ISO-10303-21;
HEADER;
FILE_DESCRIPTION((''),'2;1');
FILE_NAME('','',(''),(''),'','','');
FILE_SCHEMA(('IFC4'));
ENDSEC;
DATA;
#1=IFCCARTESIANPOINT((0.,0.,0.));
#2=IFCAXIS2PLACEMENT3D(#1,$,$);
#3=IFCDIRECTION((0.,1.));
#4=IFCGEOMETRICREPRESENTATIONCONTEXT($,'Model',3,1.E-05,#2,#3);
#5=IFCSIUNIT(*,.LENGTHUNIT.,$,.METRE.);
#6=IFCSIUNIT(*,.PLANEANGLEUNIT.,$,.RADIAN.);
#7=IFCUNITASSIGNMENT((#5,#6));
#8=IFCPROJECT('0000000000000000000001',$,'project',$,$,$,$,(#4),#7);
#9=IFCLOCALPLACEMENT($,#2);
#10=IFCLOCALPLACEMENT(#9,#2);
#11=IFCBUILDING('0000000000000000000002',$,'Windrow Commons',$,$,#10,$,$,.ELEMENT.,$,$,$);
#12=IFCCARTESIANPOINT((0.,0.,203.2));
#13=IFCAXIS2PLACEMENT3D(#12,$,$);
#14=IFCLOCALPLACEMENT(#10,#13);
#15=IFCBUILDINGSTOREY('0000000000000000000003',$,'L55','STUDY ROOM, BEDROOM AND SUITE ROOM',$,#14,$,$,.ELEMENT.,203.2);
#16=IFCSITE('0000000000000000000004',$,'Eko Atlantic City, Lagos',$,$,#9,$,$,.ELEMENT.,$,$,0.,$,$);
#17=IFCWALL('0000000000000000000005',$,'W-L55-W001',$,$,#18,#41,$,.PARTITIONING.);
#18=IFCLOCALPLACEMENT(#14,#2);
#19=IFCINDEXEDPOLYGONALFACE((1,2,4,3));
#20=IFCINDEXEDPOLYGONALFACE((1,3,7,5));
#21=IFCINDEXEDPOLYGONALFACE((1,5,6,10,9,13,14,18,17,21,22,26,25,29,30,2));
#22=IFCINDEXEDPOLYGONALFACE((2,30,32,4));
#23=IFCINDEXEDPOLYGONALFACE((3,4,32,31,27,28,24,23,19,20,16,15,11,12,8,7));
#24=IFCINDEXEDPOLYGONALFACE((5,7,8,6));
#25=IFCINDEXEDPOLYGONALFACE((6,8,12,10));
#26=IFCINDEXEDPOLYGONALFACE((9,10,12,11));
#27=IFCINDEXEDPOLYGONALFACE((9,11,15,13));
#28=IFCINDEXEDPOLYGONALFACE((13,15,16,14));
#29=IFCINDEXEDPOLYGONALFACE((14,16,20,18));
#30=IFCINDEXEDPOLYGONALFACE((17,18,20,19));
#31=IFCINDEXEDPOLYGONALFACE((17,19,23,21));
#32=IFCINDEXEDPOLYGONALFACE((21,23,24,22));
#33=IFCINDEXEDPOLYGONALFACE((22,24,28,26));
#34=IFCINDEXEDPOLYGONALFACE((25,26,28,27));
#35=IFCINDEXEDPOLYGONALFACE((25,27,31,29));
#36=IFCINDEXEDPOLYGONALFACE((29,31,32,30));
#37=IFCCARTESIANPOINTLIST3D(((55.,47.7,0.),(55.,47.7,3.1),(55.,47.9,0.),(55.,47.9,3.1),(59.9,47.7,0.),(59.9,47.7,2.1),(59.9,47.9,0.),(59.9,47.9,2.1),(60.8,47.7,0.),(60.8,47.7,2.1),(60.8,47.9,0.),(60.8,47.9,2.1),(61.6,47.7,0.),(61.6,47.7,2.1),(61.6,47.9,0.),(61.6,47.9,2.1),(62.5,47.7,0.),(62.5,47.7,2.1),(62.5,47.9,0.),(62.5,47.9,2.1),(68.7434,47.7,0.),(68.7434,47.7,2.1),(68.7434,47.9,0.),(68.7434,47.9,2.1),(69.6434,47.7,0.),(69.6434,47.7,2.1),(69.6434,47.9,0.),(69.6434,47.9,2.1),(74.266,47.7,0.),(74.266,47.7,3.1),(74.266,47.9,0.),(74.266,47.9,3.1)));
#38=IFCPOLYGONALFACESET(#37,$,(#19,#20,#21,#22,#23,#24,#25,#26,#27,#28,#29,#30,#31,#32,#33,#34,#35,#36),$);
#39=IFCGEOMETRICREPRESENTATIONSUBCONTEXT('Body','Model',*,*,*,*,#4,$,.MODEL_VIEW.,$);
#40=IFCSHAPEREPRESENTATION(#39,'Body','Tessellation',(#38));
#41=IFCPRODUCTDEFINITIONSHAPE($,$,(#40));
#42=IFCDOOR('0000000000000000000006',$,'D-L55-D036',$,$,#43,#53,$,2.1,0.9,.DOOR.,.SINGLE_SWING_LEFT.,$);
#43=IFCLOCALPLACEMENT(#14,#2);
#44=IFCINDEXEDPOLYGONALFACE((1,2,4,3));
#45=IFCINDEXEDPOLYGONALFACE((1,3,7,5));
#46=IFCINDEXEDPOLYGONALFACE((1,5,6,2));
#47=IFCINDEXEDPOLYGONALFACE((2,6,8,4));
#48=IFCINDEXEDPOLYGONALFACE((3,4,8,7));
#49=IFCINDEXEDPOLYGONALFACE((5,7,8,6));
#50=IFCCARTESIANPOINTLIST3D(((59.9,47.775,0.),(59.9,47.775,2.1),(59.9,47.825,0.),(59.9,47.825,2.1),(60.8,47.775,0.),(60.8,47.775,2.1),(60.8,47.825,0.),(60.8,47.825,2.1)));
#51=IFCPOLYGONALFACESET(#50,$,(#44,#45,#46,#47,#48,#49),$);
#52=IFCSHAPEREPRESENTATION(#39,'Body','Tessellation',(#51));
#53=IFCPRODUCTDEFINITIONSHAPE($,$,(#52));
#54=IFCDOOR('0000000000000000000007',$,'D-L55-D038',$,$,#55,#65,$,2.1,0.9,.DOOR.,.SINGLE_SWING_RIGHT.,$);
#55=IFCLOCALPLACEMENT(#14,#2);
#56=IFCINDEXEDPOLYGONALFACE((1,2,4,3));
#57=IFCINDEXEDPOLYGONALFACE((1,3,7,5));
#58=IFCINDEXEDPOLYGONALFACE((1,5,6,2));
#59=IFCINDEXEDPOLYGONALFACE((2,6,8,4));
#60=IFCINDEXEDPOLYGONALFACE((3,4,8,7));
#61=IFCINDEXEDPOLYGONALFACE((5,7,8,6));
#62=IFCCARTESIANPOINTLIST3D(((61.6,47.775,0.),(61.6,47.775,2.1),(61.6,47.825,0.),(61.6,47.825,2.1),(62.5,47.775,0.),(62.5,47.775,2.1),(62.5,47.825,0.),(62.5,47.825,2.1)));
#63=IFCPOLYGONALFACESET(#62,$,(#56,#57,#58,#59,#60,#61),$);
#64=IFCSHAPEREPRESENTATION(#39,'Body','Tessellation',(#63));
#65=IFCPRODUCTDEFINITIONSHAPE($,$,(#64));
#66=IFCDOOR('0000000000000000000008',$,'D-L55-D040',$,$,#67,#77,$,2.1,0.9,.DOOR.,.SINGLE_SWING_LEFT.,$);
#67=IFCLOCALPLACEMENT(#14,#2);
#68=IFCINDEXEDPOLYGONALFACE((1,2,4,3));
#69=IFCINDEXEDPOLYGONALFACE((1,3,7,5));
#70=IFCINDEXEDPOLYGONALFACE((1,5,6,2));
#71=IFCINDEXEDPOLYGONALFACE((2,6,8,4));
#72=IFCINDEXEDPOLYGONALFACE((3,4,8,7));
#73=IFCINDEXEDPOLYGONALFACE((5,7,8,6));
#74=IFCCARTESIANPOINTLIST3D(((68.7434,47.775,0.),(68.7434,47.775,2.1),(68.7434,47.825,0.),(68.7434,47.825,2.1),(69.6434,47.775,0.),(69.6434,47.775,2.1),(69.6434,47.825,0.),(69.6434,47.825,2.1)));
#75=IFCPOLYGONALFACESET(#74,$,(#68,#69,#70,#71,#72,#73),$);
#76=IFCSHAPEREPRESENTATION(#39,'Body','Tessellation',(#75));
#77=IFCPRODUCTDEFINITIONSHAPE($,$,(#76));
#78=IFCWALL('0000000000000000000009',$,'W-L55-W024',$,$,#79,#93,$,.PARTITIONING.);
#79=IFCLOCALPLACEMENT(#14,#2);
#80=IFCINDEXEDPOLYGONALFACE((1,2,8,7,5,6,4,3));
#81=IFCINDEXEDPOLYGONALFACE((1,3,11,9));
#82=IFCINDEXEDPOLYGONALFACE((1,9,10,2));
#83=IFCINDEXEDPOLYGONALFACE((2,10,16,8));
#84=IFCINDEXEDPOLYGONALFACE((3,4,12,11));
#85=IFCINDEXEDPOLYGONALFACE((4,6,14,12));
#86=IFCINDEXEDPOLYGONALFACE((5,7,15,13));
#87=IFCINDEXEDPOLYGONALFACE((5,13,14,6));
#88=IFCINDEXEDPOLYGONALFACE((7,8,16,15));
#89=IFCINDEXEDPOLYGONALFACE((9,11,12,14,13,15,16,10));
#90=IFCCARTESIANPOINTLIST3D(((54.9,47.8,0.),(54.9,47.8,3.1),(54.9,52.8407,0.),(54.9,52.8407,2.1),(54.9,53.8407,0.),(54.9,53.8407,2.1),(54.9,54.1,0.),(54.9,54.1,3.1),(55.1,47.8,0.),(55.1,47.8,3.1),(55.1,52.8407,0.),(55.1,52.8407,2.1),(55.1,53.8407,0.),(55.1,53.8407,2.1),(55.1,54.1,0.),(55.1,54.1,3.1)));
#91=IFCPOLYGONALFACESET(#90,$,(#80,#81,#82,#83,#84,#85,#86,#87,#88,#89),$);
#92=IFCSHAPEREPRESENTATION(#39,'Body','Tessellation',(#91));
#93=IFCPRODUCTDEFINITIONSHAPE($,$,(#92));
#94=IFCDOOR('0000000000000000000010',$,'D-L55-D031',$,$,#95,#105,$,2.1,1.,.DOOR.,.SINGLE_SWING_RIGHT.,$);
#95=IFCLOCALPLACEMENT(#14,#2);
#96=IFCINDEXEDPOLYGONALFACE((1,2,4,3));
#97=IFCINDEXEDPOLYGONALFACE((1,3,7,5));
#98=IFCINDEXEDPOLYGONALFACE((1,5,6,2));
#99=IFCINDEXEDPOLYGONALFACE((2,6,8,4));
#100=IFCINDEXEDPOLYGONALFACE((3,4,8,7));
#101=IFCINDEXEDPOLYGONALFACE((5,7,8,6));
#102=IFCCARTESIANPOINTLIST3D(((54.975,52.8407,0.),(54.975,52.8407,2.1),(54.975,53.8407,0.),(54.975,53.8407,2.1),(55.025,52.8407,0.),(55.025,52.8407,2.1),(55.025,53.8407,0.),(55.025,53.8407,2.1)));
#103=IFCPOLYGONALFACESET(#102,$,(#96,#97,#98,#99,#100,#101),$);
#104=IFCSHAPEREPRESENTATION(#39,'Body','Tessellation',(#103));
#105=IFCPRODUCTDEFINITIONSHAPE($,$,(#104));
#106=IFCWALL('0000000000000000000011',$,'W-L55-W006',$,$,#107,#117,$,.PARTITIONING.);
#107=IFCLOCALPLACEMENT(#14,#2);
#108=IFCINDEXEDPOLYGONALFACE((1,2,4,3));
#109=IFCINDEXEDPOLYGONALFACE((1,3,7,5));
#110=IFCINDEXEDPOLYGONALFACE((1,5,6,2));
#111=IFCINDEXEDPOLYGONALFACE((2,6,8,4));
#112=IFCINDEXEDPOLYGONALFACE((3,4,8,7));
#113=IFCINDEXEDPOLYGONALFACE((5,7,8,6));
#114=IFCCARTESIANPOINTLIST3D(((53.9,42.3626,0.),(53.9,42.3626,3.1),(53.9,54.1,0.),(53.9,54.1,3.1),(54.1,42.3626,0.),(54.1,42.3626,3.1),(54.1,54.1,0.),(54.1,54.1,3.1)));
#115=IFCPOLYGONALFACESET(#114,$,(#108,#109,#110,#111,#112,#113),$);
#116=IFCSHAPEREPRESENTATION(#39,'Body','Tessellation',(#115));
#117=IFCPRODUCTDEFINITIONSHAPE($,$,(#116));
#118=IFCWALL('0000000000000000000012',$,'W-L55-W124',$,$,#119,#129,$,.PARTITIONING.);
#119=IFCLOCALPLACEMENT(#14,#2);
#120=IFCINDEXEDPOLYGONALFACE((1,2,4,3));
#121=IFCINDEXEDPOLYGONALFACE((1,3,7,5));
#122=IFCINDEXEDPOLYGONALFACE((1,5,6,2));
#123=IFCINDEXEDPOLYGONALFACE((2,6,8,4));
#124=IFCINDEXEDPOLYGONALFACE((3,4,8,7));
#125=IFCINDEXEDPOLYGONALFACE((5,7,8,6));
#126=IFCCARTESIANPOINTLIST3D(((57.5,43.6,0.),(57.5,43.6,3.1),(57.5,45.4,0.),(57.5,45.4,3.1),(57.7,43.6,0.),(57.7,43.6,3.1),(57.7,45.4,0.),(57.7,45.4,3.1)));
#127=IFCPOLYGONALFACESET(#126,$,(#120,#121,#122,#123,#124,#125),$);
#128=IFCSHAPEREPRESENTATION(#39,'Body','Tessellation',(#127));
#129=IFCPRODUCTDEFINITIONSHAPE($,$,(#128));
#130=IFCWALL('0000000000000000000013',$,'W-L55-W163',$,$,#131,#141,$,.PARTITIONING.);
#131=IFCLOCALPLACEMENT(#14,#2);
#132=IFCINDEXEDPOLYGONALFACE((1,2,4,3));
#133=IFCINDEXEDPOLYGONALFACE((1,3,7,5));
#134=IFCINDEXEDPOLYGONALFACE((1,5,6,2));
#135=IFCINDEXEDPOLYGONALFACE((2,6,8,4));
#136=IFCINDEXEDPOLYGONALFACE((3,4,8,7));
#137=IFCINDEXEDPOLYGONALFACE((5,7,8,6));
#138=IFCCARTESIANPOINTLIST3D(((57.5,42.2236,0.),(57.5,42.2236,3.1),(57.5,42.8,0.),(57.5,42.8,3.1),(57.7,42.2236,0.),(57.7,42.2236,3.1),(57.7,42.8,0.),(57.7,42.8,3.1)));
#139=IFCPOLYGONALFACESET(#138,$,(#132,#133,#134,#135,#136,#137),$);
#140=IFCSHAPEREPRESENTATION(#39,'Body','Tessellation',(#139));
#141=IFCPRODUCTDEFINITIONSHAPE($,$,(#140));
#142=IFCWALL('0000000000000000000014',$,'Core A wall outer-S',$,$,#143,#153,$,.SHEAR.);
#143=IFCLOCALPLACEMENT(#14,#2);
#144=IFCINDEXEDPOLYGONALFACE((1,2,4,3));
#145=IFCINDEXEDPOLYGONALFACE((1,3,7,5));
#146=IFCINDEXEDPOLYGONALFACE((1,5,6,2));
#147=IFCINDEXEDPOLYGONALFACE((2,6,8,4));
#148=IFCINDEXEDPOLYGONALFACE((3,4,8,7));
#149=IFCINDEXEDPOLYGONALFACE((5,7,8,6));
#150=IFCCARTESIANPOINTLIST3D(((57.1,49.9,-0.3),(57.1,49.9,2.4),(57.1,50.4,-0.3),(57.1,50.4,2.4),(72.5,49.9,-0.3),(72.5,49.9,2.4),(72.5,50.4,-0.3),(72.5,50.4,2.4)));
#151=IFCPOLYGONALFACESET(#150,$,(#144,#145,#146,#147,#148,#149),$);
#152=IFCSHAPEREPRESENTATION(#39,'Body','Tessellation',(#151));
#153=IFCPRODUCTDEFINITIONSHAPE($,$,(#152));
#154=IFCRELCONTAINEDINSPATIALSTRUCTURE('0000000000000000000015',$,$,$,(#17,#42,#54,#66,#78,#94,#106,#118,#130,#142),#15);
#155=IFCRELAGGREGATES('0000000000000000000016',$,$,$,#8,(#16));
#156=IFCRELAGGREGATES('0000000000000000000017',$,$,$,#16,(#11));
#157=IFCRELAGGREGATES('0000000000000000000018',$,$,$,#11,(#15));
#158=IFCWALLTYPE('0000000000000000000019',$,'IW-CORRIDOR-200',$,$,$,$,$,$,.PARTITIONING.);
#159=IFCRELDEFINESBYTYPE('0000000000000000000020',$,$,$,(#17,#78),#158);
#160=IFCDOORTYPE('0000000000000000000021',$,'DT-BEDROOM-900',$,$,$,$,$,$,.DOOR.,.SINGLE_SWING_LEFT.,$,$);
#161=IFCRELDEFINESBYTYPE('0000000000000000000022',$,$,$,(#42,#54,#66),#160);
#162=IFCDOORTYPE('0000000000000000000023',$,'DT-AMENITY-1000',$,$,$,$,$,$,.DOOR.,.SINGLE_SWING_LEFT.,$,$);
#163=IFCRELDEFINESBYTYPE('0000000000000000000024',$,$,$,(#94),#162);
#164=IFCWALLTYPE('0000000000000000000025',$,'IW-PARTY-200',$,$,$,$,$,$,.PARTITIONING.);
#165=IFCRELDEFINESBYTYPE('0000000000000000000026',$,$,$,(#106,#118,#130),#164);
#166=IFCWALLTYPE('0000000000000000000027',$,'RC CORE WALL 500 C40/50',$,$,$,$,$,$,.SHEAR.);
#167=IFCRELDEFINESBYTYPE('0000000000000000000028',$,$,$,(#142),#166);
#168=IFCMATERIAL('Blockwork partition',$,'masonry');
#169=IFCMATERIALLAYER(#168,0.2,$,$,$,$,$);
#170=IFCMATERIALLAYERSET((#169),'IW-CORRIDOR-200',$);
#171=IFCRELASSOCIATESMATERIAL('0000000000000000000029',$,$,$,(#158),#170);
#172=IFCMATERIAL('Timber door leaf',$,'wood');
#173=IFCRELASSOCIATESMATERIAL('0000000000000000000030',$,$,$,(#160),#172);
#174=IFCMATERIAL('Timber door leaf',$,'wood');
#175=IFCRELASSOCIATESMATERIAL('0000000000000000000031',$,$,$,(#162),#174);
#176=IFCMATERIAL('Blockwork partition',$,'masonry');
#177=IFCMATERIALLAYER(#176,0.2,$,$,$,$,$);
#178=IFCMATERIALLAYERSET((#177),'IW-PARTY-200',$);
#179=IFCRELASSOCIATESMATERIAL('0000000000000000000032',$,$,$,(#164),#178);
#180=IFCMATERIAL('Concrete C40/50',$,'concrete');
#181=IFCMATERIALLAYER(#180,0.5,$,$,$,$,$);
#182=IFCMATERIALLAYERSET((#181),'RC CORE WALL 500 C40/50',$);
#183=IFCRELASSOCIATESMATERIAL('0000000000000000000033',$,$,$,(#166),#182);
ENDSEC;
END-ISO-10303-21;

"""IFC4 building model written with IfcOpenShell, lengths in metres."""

from ifc_helpers import new_model, si_unit, direction, frame, frame_2d, origin, place, context, subcontext, project, spatial, rectangle, extrude, material, layer, layer_set, type_object, element, fill, save


model = new_model("IFC4")

# Units and contexts
model_context = context("Model", 3, precision=1e-05, world=origin(), true_north=direction((0.0, 1.0)))
body_context = subcontext(model_context, "Body", "Model", "MODEL_VIEW")
ifc_project = project(units=[si_unit("LENGTHUNIT", "METRE"), si_unit("PLANEANGLEUNIT", "RADIAN")], contexts=[model_context])

# Site, building, storey
site_placement = place(None, origin())
site = spatial("IfcSite", under=ifc_project, at=site_placement, Name="Eko Atlantic City, Lagos", CompositionType="ELEMENT", RefElevation=0.0)
building_placement = place(site_placement, origin())
building = spatial("IfcBuilding", under=site, at=building_placement, Name="Windrow Commons", CompositionType="ELEMENT")
storey_placement = place(building_placement, frame((0.0, 0.0, 203.2)))
storey = spatial("IfcBuildingStorey", under=building, at=storey_placement, Name="L55", Description="STUDY ROOM, BEDROOM AND SUITE ROOM", CompositionType="ELEMENT", Elevation=203.2)

# Wall, openings, doors
ifc_material_1 = material(Name="Blockwork partition", Category="masonry")
ifc_layer_1 = layer(ifc_material_1, 0.2)
ifc_layer_set_1 = layer_set([ifc_layer_1], Name="IW-CORRIDOR-200")
wall_type_1 = type_object("IfcWallType", Name="IW-CORRIDOR-200", PredefinedType="PARTITIONING", material=ifc_layer_set_1)
wall_1_placement = place(storey_placement, frame((55.0, 47.8, 0.0), z_axis=(0.0, 0.0, 1.0), x_axis=(1.0, 0.0, 0.0)))
wall_1 = element("IfcWall", 1, at=wall_1_placement, inside=storey, type_object=wall_type_1, Name="W-L55-W001", PredefinedType="PARTITIONING", context=body_context, shape_type="SweptSolid", body=[
    extrude(rectangle(XDim=19.266, YDim=0.2, at=frame_2d((9.633, 0.0))), origin(), (0.0, 0.0, 1.0), 3.1),
])
opening_1_placement = place(wall_1_placement, frame((4.9, 0.0, 0.0)))
opening_1 = element("IfcOpeningElement", 2, at=opening_1_placement, cuts=wall_1, PredefinedType="OPENING", context=body_context, shape_type="SweptSolid", body=[
    extrude(rectangle(XDim=0.9, YDim=2.1, at=frame_2d((0.45, 1.05))), frame((0.0, 0.11, 0.0), z_axis=(0.0, -1.0, 0.0), x_axis=(1.0, 0.0, 0.0)), (0.0, 0.0, 1.0), 0.22),
])
opening_2_placement = place(wall_1_placement, frame((6.6, 0.0, 0.0)))
opening_2 = element("IfcOpeningElement", 3, at=opening_2_placement, cuts=wall_1, PredefinedType="OPENING", context=body_context, shape_type="SweptSolid", body=[
    extrude(rectangle(XDim=0.9, YDim=2.1, at=frame_2d((0.45, 1.05))), frame((0.0, 0.11, 0.0), z_axis=(0.0, -1.0, 0.0), x_axis=(1.0, 0.0, 0.0)), (0.0, 0.0, 1.0), 0.22),
])
opening_3_placement = place(wall_1_placement, frame((13.7434, 0.0, 0.0)))
opening_3 = element("IfcOpeningElement", 4, at=opening_3_placement, cuts=wall_1, PredefinedType="OPENING", context=body_context, shape_type="SweptSolid", body=[
    extrude(rectangle(XDim=0.9, YDim=2.1, at=frame_2d((0.45, 1.05))), frame((0.0, 0.11, 0.0), z_axis=(0.0, -1.0, 0.0), x_axis=(1.0, 0.0, 0.0)), (0.0, 0.0, 1.0), 0.22),
])
ifc_material_2 = material(Name="Timber door leaf", Category="wood")
door_type_1 = type_object("IfcDoorType", Name="DT-BEDROOM-900", OperationType="SINGLE_SWING_LEFT", PredefinedType="DOOR", material=ifc_material_2)
door_1_placement = place(opening_1_placement, origin())
door_1 = element("IfcDoor", 5, at=door_1_placement, inside=storey, type_object=door_type_1, Name="D-L55-D036", OperationType="SINGLE_SWING_LEFT", OverallHeight=2.1, OverallWidth=0.9, PredefinedType="DOOR", context=body_context, shape_type="SweptSolid", body=[
    extrude(rectangle(XDim=0.9, YDim=2.1, at=frame_2d((0.45, 1.05))), frame((0.0, 0.025, 0.0), z_axis=(0.0, -1.0, 0.0), x_axis=(1.0, 0.0, 0.0)), (0.0, 0.0, 1.0), 0.05),
])
fill(opening_1, door_1)
door_2_placement = place(opening_2_placement, origin())
door_2 = element("IfcDoor", 6, at=door_2_placement, inside=storey, type_object=door_type_1, Name="D-L55-D038", OperationType="SINGLE_SWING_RIGHT", OverallHeight=2.1, OverallWidth=0.9, PredefinedType="DOOR", context=body_context, shape_type="SweptSolid", body=[
    extrude(rectangle(XDim=0.9, YDim=2.1, at=frame_2d((0.45, 1.05))), frame((0.0, 0.025, 0.0), z_axis=(0.0, -1.0, 0.0), x_axis=(1.0, 0.0, 0.0)), (0.0, 0.0, 1.0), 0.05),
])
fill(opening_2, door_2)
door_3_placement = place(opening_3_placement, origin())
door_3 = element("IfcDoor", 7, at=door_3_placement, inside=storey, type_object=door_type_1, Name="D-L55-D040", OperationType="SINGLE_SWING_LEFT", OverallHeight=2.1, OverallWidth=0.9, PredefinedType="DOOR", context=body_context, shape_type="SweptSolid", body=[
    extrude(rectangle(XDim=0.9, YDim=2.1, at=frame_2d((0.45, 1.05))), frame((0.0, 0.025, 0.0), z_axis=(0.0, -1.0, 0.0), x_axis=(1.0, 0.0, 0.0)), (0.0, 0.0, 1.0), 0.05),
])
fill(opening_3, door_3)

# Wall, opening, door
wall_2_placement = place(storey_placement, frame((55.0, 47.8, 0.0), z_axis=(0.0, 0.0, 1.0), x_axis=(0.0, 1.0, 0.0)))
wall_2 = element("IfcWall", 8, at=wall_2_placement, inside=storey, type_object=wall_type_1, Name="W-L55-W024", PredefinedType="PARTITIONING", context=body_context, shape_type="SweptSolid", body=[
    extrude(rectangle(XDim=6.3, YDim=0.2, at=frame_2d((3.15, 0.0))), origin(), (0.0, 0.0, 1.0), 3.1),
])
opening_4_placement = place(wall_2_placement, frame((5.0407, 0.0, 0.0)))
opening_4 = element("IfcOpeningElement", 9, at=opening_4_placement, cuts=wall_2, PredefinedType="OPENING", context=body_context, shape_type="SweptSolid", body=[
    extrude(rectangle(XDim=1.0, YDim=2.1, at=frame_2d((0.5, 1.05))), frame((0.0, 0.11, 0.0), z_axis=(0.0, -1.0, 0.0), x_axis=(1.0, 0.0, 0.0)), (0.0, 0.0, 1.0), 0.22),
])
ifc_material_3 = material(Name="Timber door leaf", Category="wood")
door_type_2 = type_object("IfcDoorType", Name="DT-AMENITY-1000", OperationType="SINGLE_SWING_LEFT", PredefinedType="DOOR", material=ifc_material_3)
door_4_placement = place(opening_4_placement, origin())
door_4 = element("IfcDoor", 10, at=door_4_placement, inside=storey, type_object=door_type_2, Name="D-L55-D031", OperationType="SINGLE_SWING_RIGHT", OverallHeight=2.1, OverallWidth=1.0, PredefinedType="DOOR", context=body_context, shape_type="SweptSolid", body=[
    extrude(rectangle(XDim=1.0, YDim=2.1, at=frame_2d((0.5, 1.05))), frame((0.0, 0.025, 0.0), z_axis=(0.0, -1.0, 0.0), x_axis=(1.0, 0.0, 0.0)), (0.0, 0.0, 1.0), 0.05),
])
fill(opening_4, door_4)

# Walls
ifc_material_4 = material(Name="Blockwork partition", Category="masonry")
ifc_layer_2 = layer(ifc_material_4, 0.2)
ifc_layer_set_2 = layer_set([ifc_layer_2], Name="IW-PARTY-200")
wall_type_2 = type_object("IfcWallType", Name="IW-PARTY-200", PredefinedType="PARTITIONING", material=ifc_layer_set_2)
wall_3_placement = place(storey_placement, frame((54.0, 42.3626, 0.0), z_axis=(0.0, 0.0, 1.0), x_axis=(0.0, 1.0, 0.0)))
element("IfcWall", 11, at=wall_3_placement, inside=storey, type_object=wall_type_2, Name="W-L55-W006", PredefinedType="PARTITIONING", context=body_context, shape_type="SweptSolid", body=[
    extrude(rectangle(XDim=11.7374, YDim=0.2, at=frame_2d((5.8687, 0.0))), origin(), (0.0, 0.0, 1.0), 3.1),
])
wall_4_placement = place(storey_placement, frame((57.6, 43.6, 0.0), z_axis=(0.0, 0.0, 1.0), x_axis=(0.0, 1.0, 0.0)))
element("IfcWall", 12, at=wall_4_placement, inside=storey, type_object=wall_type_2, Name="W-L55-W124", PredefinedType="PARTITIONING", context=body_context, shape_type="SweptSolid", body=[
    extrude(rectangle(XDim=1.8, YDim=0.2, at=frame_2d((0.9, 0.0))), origin(), (0.0, 0.0, 1.0), 3.1),
])
wall_5_placement = place(storey_placement, frame((57.6, 42.2235, 0.0), z_axis=(0.0, 0.0, 1.0), x_axis=(0.0, 1.0, 0.0)))
element("IfcWall", 13, at=wall_5_placement, inside=storey, type_object=wall_type_2, Name="W-L55-W163", PredefinedType="PARTITIONING", context=body_context, shape_type="SweptSolid", body=[
    extrude(rectangle(XDim=0.5765, YDim=0.2, at=frame_2d((0.2883, 0.0))), origin(), (0.0, 0.0, 1.0), 3.1),
])
ifc_material_5 = material(Name="Concrete C40/50", Category="concrete")
ifc_layer_3 = layer(ifc_material_5, 0.5)
ifc_layer_set_3 = layer_set([ifc_layer_3], Name="RC CORE WALL 500 C40/50")
wall_type_3 = type_object("IfcWallType", Name="RC CORE WALL 500 C40/50", PredefinedType="SHEAR", material=ifc_layer_set_3)
wall_6_placement = place(storey_placement, frame((57.1, 50.15, -0.3), z_axis=(0.0, 0.0, 1.0), x_axis=(1.0, 0.0, 0.0)))
element("IfcWall", 14, at=wall_6_placement, inside=storey, type_object=wall_type_3, Name="Core A wall outer-S", PredefinedType="SHEAR", context=body_context, shape_type="SweptSolid", body=[
    extrude(rectangle(XDim=15.4, YDim=0.5, at=frame_2d((7.7, 0.0))), origin(), (0.0, 0.0, 1.0), 2.7),
])

save(model, "model.ifc")
